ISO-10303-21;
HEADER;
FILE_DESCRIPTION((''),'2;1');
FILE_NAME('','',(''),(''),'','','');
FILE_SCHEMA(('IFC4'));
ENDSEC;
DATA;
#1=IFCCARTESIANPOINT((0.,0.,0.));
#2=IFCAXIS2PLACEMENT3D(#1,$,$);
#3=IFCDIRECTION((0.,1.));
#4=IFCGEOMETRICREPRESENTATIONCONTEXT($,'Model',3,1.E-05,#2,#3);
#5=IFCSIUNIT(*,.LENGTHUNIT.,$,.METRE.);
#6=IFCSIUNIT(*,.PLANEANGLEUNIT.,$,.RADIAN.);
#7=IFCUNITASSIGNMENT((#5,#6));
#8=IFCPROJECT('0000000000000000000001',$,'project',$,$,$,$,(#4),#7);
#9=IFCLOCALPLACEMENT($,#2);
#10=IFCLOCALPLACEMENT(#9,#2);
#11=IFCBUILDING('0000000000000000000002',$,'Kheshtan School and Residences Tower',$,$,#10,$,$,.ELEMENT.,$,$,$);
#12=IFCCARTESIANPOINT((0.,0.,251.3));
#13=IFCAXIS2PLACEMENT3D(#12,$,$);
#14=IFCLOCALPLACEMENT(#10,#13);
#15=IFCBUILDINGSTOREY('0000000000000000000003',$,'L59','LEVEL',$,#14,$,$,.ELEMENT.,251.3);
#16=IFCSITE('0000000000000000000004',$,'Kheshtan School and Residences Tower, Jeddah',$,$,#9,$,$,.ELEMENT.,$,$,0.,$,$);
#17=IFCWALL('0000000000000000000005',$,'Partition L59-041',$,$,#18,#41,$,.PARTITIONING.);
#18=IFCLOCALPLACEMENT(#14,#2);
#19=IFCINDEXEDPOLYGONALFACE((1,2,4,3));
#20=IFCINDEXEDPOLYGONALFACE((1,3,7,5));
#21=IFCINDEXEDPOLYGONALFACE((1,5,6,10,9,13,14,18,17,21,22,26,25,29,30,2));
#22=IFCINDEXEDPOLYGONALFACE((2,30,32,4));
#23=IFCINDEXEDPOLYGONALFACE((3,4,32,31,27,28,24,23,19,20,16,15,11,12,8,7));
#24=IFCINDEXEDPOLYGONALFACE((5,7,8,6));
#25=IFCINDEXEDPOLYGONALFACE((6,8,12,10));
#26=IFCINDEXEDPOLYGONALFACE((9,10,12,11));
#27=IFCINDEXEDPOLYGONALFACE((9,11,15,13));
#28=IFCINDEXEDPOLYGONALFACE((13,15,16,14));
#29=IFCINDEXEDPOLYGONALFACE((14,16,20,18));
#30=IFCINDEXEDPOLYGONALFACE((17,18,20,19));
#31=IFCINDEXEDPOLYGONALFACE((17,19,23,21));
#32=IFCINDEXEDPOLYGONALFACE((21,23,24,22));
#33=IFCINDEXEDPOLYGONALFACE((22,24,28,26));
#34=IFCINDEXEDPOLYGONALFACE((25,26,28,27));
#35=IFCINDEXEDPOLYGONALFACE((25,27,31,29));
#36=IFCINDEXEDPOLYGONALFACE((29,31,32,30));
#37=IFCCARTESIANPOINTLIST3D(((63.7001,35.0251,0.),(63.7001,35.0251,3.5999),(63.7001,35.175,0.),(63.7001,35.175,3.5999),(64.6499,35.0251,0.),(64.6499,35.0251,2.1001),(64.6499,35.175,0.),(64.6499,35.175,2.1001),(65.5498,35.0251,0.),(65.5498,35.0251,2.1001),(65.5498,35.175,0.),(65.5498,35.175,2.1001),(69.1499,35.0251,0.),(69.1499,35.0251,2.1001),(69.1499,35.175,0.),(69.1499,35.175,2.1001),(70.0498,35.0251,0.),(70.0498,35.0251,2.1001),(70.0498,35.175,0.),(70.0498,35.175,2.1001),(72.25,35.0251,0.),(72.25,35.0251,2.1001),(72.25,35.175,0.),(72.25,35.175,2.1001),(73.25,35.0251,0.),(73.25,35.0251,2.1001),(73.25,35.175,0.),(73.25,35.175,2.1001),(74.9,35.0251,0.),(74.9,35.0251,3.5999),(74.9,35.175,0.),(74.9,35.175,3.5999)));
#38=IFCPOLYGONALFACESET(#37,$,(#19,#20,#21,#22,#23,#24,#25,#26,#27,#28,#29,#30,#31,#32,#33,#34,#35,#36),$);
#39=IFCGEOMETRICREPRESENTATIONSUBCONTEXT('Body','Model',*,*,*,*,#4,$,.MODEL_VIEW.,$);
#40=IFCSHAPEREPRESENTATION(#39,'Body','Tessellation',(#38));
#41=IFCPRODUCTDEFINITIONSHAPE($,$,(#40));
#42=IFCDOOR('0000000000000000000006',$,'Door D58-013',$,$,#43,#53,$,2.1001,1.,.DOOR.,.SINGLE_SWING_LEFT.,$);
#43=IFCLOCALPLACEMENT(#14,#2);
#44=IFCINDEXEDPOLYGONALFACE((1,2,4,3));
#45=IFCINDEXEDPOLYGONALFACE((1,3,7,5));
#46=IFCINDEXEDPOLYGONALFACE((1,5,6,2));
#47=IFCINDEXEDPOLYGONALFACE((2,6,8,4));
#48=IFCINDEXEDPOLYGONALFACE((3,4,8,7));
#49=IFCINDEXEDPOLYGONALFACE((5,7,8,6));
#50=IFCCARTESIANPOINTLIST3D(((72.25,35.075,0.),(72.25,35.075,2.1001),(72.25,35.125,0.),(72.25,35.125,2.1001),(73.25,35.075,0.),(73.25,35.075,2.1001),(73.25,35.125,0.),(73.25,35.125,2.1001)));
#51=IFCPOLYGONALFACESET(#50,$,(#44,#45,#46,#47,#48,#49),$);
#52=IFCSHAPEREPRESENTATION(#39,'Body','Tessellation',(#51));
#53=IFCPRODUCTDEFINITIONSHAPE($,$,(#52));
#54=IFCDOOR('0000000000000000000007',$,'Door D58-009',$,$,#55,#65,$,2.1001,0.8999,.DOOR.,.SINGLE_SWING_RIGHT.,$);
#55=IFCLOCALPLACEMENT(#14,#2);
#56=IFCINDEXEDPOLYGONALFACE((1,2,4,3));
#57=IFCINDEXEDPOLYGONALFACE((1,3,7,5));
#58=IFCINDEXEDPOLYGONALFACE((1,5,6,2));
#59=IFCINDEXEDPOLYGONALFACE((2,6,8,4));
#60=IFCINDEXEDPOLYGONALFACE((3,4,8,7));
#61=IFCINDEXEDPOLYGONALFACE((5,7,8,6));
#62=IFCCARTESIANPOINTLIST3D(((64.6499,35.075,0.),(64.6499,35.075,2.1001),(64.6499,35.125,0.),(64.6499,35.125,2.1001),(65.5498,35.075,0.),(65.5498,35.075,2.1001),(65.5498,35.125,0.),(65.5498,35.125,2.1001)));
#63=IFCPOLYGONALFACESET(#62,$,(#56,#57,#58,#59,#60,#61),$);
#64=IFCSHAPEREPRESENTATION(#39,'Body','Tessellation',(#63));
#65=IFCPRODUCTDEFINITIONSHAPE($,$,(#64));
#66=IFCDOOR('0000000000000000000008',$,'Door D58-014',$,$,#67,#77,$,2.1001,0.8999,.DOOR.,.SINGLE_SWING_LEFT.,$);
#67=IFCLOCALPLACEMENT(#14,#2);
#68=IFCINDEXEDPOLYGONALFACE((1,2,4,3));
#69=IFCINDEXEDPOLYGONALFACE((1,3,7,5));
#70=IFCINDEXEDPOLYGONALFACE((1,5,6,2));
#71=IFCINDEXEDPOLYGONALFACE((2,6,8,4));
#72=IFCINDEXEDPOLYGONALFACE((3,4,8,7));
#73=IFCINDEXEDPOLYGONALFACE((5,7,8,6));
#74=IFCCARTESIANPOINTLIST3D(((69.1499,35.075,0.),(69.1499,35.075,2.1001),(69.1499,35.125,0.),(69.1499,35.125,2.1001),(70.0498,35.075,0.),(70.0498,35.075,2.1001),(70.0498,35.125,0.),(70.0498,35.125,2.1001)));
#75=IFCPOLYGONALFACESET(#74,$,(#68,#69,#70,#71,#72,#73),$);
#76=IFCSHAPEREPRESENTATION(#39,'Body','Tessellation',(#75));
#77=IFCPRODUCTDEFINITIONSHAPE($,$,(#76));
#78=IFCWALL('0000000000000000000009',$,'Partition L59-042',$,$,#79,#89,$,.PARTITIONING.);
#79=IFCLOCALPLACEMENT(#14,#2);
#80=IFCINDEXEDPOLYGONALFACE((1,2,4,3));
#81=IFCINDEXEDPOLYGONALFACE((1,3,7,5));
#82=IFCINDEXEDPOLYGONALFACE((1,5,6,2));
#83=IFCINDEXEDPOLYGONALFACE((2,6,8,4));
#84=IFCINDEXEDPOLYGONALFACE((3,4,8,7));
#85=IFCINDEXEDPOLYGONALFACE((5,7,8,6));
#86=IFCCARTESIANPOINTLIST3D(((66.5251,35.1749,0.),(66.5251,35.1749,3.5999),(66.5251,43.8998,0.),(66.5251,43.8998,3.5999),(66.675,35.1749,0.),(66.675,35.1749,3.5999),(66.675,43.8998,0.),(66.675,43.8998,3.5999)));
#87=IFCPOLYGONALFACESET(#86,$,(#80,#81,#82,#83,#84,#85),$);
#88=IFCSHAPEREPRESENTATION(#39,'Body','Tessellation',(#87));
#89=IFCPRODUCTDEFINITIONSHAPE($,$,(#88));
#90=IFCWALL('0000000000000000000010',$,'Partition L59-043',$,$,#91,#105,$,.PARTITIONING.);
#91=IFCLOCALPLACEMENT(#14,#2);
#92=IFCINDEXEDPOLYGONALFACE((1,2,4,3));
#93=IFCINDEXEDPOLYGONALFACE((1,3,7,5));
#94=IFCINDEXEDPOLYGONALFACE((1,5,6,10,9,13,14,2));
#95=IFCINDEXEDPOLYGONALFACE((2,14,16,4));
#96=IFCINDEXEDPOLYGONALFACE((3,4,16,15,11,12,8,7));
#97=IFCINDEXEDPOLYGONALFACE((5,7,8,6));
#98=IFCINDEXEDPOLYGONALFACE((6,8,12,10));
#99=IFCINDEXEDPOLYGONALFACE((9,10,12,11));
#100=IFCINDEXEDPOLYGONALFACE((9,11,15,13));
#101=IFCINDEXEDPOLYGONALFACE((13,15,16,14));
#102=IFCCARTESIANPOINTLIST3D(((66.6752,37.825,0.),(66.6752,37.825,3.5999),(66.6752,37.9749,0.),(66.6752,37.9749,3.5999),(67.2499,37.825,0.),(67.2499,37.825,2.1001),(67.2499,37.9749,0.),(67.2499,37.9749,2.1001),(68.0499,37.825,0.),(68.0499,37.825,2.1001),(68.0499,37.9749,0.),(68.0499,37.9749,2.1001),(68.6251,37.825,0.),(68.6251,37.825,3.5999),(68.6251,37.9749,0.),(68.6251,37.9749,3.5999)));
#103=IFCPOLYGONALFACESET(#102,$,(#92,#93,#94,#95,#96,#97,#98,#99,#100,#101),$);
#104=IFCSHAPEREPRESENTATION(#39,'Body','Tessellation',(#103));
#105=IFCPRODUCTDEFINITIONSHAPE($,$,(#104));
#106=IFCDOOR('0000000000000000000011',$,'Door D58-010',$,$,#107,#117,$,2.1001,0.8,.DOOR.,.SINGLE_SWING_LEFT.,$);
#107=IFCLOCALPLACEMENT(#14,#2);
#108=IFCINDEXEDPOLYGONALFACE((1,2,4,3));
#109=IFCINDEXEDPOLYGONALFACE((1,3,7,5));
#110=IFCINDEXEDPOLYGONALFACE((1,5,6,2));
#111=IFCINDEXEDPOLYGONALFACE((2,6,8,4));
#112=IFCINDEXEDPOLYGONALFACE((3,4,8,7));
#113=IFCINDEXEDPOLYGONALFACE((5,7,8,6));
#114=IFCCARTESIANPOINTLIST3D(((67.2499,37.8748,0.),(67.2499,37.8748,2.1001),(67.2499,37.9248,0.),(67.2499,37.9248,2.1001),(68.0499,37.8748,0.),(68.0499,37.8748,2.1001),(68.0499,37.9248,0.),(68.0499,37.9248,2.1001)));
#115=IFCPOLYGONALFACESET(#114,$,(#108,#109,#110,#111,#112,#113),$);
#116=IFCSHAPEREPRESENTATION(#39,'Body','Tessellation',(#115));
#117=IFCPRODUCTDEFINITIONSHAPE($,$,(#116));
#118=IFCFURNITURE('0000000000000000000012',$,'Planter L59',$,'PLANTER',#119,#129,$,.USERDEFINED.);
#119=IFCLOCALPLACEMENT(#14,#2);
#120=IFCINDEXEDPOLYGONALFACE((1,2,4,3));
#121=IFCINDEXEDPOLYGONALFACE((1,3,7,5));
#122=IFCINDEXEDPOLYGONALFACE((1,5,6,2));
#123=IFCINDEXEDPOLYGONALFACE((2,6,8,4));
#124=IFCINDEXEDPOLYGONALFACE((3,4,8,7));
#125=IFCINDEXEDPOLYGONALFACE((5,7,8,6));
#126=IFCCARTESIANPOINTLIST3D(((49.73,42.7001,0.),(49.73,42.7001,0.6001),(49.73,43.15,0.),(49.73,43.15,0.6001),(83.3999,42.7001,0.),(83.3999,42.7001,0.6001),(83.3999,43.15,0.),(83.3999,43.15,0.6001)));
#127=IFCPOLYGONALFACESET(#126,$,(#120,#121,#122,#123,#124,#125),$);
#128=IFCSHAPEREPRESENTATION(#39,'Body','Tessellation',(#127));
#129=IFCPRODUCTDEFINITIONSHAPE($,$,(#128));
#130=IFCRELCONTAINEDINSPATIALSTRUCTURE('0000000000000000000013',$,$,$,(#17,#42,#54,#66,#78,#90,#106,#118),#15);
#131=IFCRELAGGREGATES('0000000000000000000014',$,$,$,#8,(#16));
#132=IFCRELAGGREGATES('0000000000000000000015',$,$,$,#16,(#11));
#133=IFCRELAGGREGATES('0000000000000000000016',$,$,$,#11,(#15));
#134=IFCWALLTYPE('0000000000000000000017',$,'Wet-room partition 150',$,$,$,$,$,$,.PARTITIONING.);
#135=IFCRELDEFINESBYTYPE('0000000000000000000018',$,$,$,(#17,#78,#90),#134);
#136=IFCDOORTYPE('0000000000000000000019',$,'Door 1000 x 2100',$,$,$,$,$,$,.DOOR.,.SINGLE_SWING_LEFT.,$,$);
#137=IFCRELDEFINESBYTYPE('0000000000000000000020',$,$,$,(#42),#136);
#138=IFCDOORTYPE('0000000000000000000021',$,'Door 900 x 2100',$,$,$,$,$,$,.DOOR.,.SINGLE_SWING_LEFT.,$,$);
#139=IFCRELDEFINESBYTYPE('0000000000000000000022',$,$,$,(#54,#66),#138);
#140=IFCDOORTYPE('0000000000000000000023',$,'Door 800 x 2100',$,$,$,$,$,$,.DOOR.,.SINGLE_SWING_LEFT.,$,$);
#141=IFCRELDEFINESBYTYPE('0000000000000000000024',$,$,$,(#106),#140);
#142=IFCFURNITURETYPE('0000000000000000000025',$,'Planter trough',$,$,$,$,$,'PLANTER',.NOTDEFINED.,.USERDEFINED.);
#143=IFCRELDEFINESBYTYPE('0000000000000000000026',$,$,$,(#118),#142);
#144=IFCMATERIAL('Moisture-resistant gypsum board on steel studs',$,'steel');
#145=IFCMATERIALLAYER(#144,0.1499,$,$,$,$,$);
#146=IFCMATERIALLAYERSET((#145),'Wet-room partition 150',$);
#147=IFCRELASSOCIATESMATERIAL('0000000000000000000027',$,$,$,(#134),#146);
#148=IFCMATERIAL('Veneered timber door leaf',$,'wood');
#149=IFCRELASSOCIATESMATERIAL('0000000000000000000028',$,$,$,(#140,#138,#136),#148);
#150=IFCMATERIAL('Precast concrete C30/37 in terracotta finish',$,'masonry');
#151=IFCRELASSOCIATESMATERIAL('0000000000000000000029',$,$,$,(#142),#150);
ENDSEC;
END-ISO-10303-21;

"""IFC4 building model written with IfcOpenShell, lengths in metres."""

from ifc_helpers import new_model, si_unit, direction, frame, frame_2d, origin, origin_2d, place, context, subcontext, project, spatial, rectangle, extrude, source, transform, mapped, material, layer, layer_set, type_object, element, fill, save


model = new_model("IFC4")

# Units and contexts
model_context = context("Model", 3, precision=1e-05, world=origin(), true_north=direction((0.0, 1.0)))
body_context = subcontext(model_context, "Body", "Model", "MODEL_VIEW")
ifc_project = project(units=[si_unit("LENGTHUNIT", "METRE"), si_unit("PLANEANGLEUNIT", "RADIAN")], contexts=[model_context])

# Site, building, storey
site_placement = place(None, origin())
site = spatial("IfcSite", under=ifc_project, at=site_placement, Name="Kheshtan School and Residences Tower, Jeddah", CompositionType="ELEMENT", RefElevation=0.0)
building_placement = place(site_placement, origin())
building = spatial("IfcBuilding", under=site, at=building_placement, Name="Kheshtan School and Residences Tower", CompositionType="ELEMENT")
storey_placement = place(building_placement, frame((0.0, 0.0, 251.3)))
storey = spatial("IfcBuildingStorey", under=building, at=storey_placement, Name="L59", Description="LEVEL", CompositionType="ELEMENT", Elevation=251.3)

# Wall, openings, doors
ifc_material_1 = material(Name="Moisture-resistant gypsum board on steel studs", Category="steel")
ifc_layer_1 = layer(ifc_material_1, 0.1499)
ifc_layer_set_1 = layer_set([ifc_layer_1], Name="Wet-room partition 150")
wall_type_1 = type_object("IfcWallType", Name="Wet-room partition 150", PredefinedType="PARTITIONING", material=ifc_layer_set_1)
ifc_material_2 = material(Name="Veneered timber door leaf", Category="wood")
door_type_1 = type_object("IfcDoorType", Name="Door 800 x 2100", OperationType="SINGLE_SWING_LEFT", PredefinedType="DOOR", material=ifc_material_2)
shared_shape_1 = source(origin(), body_context, "Body", "SweptSolid", [
    extrude(rectangle(XDim=0.8, YDim=2.1001, at=frame_2d((0.3999, 1.05))), frame((0.0, 0.0249, 0.0), z_axis=(0.0, -1.0, 0.0), x_axis=(1.0, 0.0, 0.0)), (0.0, 0.0, 1.0), 0.05),
])
door_type_2 = type_object("IfcDoorType", Name="Door 900 x 2100", OperationType="SINGLE_SWING_LEFT", PredefinedType="DOOR", material=ifc_material_2)
shared_shape_2 = source(origin(), body_context, "Body", "SweptSolid", [
    extrude(rectangle(XDim=0.8999, YDim=2.1001, at=frame_2d((0.45, 1.05))), frame((0.0, 0.0249, 0.0), z_axis=(0.0, -1.0, 0.0), x_axis=(1.0, 0.0, 0.0)), (0.0, 0.0, 1.0), 0.05),
])
wall_1_placement = place(storey_placement, frame((63.7, 35.1001, 0.0), z_axis=(0.0, 0.0, 1.0), x_axis=(1.0, 0.0, 0.0)))
wall_1 = element("IfcWall", 1, at=wall_1_placement, inside=storey, type_object=wall_type_1, Name="Partition L59-041", PredefinedType="PARTITIONING", context=body_context, shape_type="SweptSolid", body=[
    extrude(rectangle(XDim=11.2, YDim=0.1499, at=frame_2d((5.6001, 0.0))), origin(), (0.0, 0.0, 1.0), 3.5999),
])
opening_1_placement = place(wall_1_placement, frame((0.95, 0.0, 0.0)))
opening_1 = element("IfcOpeningElement", 2, at=opening_1_placement, cuts=wall_1, PredefinedType="OPENING", context=body_context, shape_type="SweptSolid", body=[
    extrude(rectangle(XDim=0.8999, YDim=2.1001, at=frame_2d((0.45, 1.05))), frame((0.0, 0.085, 0.0), z_axis=(0.0, -1.0, 0.0), x_axis=(1.0, 0.0, 0.0)), (0.0, 0.0, 1.0), 0.1699),
])
opening_2_placement = place(wall_1_placement, frame((8.55, 0.0, 0.0)))
opening_2 = element("IfcOpeningElement", 3, at=opening_2_placement, cuts=wall_1, PredefinedType="OPENING", context=body_context, shape_type="SweptSolid", body=[
    extrude(rectangle(XDim=1.0, YDim=2.1001, at=frame_2d((0.5, 1.05))), frame((0.0, 0.085, 0.0), z_axis=(0.0, -1.0, 0.0), x_axis=(1.0, 0.0, 0.0)), (0.0, 0.0, 1.0), 0.1699),
])
opening_3_placement = place(wall_1_placement, frame((5.45, 0.0, 0.0)))
opening_3 = element("IfcOpeningElement", 4, at=opening_3_placement, cuts=wall_1, PredefinedType="OPENING", context=body_context, shape_type="SweptSolid", body=[
    extrude(rectangle(XDim=0.8999, YDim=2.1001, at=frame_2d((0.45, 1.05))), frame((0.0, 0.085, 0.0), z_axis=(0.0, -1.0, 0.0), x_axis=(1.0, 0.0, 0.0)), (0.0, 0.0, 1.0), 0.1699),
])
door_type_3 = type_object("IfcDoorType", Name="Door 1000 x 2100", OperationType="SINGLE_SWING_LEFT", PredefinedType="DOOR", material=ifc_material_2)
shared_shape_3 = source(origin(), body_context, "Body", "SweptSolid", [
    extrude(rectangle(XDim=1.0, YDim=2.1001, at=frame_2d((0.5, 1.05))), frame((0.0, 0.0249, 0.0), z_axis=(0.0, -1.0, 0.0), x_axis=(1.0, 0.0, 0.0)), (0.0, 0.0, 1.0), 0.05),
])
door_1_placement = place(opening_2_placement, origin())
door_1 = element("IfcDoor", 5, at=door_1_placement, inside=storey, type_object=door_type_3, Name="Door D58-013", OperationType="SINGLE_SWING_LEFT", OverallHeight=2.1001, OverallWidth=1.0, PredefinedType="DOOR", context=body_context, shape_type="MappedRepresentation", body=[
    mapped(shared_shape_3, transform((0.0, 0.0, 0.0), x_axis=(1.0, 0.0, 0.0), y_axis=(0.0, 1.0, 0.0), z_axis=(0.0, 0.0, 1.0), scale=1.0)),
])
fill(opening_2, door_1)
door_2_placement = place(opening_1_placement, origin())
door_2 = element("IfcDoor", 6, at=door_2_placement, inside=storey, type_object=door_type_2, Name="Door D58-009", OperationType="SINGLE_SWING_RIGHT", OverallHeight=2.1001, OverallWidth=0.8999, PredefinedType="DOOR", context=body_context, shape_type="MappedRepresentation", body=[
    mapped(shared_shape_2, transform((0.0, 0.0, 0.0), x_axis=(1.0, 0.0, 0.0), y_axis=(0.0, 1.0, 0.0), z_axis=(0.0, 0.0, 1.0), scale=1.0)),
])
fill(opening_1, door_2)
door_3_placement = place(opening_3_placement, origin())
door_3 = element("IfcDoor", 7, at=door_3_placement, inside=storey, type_object=door_type_2, Name="Door D58-014", OperationType="SINGLE_SWING_LEFT", OverallHeight=2.1001, OverallWidth=0.8999, PredefinedType="DOOR", context=body_context, shape_type="MappedRepresentation", body=[
    mapped(shared_shape_2, transform((0.0, 0.0, 0.0), x_axis=(1.0, 0.0, 0.0), y_axis=(0.0, 1.0, 0.0), z_axis=(0.0, 0.0, 1.0), scale=1.0)),
])
fill(opening_3, door_3)

# Wall
wall_2_placement = place(storey_placement, frame((66.6001, 35.175, 0.0), z_axis=(0.0, 0.0, 1.0), x_axis=(0.0, 1.0, 0.0)))
element("IfcWall", 8, at=wall_2_placement, inside=storey, type_object=wall_type_1, Name="Partition L59-042", PredefinedType="PARTITIONING", context=body_context, shape_type="SweptSolid", body=[
    extrude(rectangle(XDim=8.7249, YDim=0.1499, at=frame_2d((4.3623, 0.0))), origin(), (0.0, 0.0, 1.0), 3.5999),
])

# Wall, opening, door
wall_3_placement = place(storey_placement, frame((66.675, 37.8999, 0.0), z_axis=(0.0, 0.0, 1.0), x_axis=(1.0, 0.0, 0.0)))
wall_3 = element("IfcWall", 9, at=wall_3_placement, inside=storey, type_object=wall_type_1, Name="Partition L59-043", PredefinedType="PARTITIONING", context=body_context, shape_type="SweptSolid", body=[
    extrude(rectangle(XDim=1.95, YDim=0.1499, at=frame_2d((0.9751, 0.0))), origin(), (0.0, 0.0, 1.0), 3.5999),
])
opening_4_placement = place(wall_3_placement, frame((0.575, 0.0, 0.0)))
opening_4 = element("IfcOpeningElement", 10, at=opening_4_placement, cuts=wall_3, PredefinedType="OPENING", context=body_context, shape_type="SweptSolid", body=[
    extrude(rectangle(XDim=0.8, YDim=2.1001, at=frame_2d((0.3999, 1.05))), frame((0.0, 0.085, 0.0), z_axis=(0.0, -1.0, 0.0), x_axis=(1.0, 0.0, 0.0)), (0.0, 0.0, 1.0), 0.1699),
])
door_4_placement = place(opening_4_placement, origin())
door_4 = element("IfcDoor", 11, at=door_4_placement, inside=storey, type_object=door_type_1, Name="Door D58-010", OperationType="SINGLE_SWING_LEFT", OverallHeight=2.1001, OverallWidth=0.8, PredefinedType="DOOR", context=body_context, shape_type="MappedRepresentation", body=[
    mapped(shared_shape_1, transform((0.0, 0.0, 0.0), x_axis=(1.0, 0.0, 0.0), y_axis=(0.0, 1.0, 0.0), z_axis=(0.0, 0.0, 1.0), scale=1.0)),
])
fill(opening_4, door_4)

# Furniture
ifc_material_3 = material(Name="Precast concrete C30/37 in terracotta finish", Category="masonry")
furniture_type = type_object("IfcFurnitureType", Name="Planter trough", ElementType="PLANTER", AssemblyPlace="NOTDEFINED", PredefinedType="USERDEFINED", material=ifc_material_3)
furniture_placement = place(storey_placement, frame((66.5649, 42.925, 0.0), z_axis=(0.0, 0.0, 1.0), x_axis=(1.0, 0.0, 0.0)))
element("IfcFurniture", 12, at=furniture_placement, inside=storey, type_object=furniture_type, Name="Planter L59", ObjectType="PLANTER", PredefinedType="USERDEFINED", context=body_context, shape_type="SweptSolid", body=[
    extrude(rectangle(XDim=33.6699, YDim=0.45, at=origin_2d()), origin(), (0.0, 0.0, 1.0), 0.6001),
])

save(model, "model.ifc")
